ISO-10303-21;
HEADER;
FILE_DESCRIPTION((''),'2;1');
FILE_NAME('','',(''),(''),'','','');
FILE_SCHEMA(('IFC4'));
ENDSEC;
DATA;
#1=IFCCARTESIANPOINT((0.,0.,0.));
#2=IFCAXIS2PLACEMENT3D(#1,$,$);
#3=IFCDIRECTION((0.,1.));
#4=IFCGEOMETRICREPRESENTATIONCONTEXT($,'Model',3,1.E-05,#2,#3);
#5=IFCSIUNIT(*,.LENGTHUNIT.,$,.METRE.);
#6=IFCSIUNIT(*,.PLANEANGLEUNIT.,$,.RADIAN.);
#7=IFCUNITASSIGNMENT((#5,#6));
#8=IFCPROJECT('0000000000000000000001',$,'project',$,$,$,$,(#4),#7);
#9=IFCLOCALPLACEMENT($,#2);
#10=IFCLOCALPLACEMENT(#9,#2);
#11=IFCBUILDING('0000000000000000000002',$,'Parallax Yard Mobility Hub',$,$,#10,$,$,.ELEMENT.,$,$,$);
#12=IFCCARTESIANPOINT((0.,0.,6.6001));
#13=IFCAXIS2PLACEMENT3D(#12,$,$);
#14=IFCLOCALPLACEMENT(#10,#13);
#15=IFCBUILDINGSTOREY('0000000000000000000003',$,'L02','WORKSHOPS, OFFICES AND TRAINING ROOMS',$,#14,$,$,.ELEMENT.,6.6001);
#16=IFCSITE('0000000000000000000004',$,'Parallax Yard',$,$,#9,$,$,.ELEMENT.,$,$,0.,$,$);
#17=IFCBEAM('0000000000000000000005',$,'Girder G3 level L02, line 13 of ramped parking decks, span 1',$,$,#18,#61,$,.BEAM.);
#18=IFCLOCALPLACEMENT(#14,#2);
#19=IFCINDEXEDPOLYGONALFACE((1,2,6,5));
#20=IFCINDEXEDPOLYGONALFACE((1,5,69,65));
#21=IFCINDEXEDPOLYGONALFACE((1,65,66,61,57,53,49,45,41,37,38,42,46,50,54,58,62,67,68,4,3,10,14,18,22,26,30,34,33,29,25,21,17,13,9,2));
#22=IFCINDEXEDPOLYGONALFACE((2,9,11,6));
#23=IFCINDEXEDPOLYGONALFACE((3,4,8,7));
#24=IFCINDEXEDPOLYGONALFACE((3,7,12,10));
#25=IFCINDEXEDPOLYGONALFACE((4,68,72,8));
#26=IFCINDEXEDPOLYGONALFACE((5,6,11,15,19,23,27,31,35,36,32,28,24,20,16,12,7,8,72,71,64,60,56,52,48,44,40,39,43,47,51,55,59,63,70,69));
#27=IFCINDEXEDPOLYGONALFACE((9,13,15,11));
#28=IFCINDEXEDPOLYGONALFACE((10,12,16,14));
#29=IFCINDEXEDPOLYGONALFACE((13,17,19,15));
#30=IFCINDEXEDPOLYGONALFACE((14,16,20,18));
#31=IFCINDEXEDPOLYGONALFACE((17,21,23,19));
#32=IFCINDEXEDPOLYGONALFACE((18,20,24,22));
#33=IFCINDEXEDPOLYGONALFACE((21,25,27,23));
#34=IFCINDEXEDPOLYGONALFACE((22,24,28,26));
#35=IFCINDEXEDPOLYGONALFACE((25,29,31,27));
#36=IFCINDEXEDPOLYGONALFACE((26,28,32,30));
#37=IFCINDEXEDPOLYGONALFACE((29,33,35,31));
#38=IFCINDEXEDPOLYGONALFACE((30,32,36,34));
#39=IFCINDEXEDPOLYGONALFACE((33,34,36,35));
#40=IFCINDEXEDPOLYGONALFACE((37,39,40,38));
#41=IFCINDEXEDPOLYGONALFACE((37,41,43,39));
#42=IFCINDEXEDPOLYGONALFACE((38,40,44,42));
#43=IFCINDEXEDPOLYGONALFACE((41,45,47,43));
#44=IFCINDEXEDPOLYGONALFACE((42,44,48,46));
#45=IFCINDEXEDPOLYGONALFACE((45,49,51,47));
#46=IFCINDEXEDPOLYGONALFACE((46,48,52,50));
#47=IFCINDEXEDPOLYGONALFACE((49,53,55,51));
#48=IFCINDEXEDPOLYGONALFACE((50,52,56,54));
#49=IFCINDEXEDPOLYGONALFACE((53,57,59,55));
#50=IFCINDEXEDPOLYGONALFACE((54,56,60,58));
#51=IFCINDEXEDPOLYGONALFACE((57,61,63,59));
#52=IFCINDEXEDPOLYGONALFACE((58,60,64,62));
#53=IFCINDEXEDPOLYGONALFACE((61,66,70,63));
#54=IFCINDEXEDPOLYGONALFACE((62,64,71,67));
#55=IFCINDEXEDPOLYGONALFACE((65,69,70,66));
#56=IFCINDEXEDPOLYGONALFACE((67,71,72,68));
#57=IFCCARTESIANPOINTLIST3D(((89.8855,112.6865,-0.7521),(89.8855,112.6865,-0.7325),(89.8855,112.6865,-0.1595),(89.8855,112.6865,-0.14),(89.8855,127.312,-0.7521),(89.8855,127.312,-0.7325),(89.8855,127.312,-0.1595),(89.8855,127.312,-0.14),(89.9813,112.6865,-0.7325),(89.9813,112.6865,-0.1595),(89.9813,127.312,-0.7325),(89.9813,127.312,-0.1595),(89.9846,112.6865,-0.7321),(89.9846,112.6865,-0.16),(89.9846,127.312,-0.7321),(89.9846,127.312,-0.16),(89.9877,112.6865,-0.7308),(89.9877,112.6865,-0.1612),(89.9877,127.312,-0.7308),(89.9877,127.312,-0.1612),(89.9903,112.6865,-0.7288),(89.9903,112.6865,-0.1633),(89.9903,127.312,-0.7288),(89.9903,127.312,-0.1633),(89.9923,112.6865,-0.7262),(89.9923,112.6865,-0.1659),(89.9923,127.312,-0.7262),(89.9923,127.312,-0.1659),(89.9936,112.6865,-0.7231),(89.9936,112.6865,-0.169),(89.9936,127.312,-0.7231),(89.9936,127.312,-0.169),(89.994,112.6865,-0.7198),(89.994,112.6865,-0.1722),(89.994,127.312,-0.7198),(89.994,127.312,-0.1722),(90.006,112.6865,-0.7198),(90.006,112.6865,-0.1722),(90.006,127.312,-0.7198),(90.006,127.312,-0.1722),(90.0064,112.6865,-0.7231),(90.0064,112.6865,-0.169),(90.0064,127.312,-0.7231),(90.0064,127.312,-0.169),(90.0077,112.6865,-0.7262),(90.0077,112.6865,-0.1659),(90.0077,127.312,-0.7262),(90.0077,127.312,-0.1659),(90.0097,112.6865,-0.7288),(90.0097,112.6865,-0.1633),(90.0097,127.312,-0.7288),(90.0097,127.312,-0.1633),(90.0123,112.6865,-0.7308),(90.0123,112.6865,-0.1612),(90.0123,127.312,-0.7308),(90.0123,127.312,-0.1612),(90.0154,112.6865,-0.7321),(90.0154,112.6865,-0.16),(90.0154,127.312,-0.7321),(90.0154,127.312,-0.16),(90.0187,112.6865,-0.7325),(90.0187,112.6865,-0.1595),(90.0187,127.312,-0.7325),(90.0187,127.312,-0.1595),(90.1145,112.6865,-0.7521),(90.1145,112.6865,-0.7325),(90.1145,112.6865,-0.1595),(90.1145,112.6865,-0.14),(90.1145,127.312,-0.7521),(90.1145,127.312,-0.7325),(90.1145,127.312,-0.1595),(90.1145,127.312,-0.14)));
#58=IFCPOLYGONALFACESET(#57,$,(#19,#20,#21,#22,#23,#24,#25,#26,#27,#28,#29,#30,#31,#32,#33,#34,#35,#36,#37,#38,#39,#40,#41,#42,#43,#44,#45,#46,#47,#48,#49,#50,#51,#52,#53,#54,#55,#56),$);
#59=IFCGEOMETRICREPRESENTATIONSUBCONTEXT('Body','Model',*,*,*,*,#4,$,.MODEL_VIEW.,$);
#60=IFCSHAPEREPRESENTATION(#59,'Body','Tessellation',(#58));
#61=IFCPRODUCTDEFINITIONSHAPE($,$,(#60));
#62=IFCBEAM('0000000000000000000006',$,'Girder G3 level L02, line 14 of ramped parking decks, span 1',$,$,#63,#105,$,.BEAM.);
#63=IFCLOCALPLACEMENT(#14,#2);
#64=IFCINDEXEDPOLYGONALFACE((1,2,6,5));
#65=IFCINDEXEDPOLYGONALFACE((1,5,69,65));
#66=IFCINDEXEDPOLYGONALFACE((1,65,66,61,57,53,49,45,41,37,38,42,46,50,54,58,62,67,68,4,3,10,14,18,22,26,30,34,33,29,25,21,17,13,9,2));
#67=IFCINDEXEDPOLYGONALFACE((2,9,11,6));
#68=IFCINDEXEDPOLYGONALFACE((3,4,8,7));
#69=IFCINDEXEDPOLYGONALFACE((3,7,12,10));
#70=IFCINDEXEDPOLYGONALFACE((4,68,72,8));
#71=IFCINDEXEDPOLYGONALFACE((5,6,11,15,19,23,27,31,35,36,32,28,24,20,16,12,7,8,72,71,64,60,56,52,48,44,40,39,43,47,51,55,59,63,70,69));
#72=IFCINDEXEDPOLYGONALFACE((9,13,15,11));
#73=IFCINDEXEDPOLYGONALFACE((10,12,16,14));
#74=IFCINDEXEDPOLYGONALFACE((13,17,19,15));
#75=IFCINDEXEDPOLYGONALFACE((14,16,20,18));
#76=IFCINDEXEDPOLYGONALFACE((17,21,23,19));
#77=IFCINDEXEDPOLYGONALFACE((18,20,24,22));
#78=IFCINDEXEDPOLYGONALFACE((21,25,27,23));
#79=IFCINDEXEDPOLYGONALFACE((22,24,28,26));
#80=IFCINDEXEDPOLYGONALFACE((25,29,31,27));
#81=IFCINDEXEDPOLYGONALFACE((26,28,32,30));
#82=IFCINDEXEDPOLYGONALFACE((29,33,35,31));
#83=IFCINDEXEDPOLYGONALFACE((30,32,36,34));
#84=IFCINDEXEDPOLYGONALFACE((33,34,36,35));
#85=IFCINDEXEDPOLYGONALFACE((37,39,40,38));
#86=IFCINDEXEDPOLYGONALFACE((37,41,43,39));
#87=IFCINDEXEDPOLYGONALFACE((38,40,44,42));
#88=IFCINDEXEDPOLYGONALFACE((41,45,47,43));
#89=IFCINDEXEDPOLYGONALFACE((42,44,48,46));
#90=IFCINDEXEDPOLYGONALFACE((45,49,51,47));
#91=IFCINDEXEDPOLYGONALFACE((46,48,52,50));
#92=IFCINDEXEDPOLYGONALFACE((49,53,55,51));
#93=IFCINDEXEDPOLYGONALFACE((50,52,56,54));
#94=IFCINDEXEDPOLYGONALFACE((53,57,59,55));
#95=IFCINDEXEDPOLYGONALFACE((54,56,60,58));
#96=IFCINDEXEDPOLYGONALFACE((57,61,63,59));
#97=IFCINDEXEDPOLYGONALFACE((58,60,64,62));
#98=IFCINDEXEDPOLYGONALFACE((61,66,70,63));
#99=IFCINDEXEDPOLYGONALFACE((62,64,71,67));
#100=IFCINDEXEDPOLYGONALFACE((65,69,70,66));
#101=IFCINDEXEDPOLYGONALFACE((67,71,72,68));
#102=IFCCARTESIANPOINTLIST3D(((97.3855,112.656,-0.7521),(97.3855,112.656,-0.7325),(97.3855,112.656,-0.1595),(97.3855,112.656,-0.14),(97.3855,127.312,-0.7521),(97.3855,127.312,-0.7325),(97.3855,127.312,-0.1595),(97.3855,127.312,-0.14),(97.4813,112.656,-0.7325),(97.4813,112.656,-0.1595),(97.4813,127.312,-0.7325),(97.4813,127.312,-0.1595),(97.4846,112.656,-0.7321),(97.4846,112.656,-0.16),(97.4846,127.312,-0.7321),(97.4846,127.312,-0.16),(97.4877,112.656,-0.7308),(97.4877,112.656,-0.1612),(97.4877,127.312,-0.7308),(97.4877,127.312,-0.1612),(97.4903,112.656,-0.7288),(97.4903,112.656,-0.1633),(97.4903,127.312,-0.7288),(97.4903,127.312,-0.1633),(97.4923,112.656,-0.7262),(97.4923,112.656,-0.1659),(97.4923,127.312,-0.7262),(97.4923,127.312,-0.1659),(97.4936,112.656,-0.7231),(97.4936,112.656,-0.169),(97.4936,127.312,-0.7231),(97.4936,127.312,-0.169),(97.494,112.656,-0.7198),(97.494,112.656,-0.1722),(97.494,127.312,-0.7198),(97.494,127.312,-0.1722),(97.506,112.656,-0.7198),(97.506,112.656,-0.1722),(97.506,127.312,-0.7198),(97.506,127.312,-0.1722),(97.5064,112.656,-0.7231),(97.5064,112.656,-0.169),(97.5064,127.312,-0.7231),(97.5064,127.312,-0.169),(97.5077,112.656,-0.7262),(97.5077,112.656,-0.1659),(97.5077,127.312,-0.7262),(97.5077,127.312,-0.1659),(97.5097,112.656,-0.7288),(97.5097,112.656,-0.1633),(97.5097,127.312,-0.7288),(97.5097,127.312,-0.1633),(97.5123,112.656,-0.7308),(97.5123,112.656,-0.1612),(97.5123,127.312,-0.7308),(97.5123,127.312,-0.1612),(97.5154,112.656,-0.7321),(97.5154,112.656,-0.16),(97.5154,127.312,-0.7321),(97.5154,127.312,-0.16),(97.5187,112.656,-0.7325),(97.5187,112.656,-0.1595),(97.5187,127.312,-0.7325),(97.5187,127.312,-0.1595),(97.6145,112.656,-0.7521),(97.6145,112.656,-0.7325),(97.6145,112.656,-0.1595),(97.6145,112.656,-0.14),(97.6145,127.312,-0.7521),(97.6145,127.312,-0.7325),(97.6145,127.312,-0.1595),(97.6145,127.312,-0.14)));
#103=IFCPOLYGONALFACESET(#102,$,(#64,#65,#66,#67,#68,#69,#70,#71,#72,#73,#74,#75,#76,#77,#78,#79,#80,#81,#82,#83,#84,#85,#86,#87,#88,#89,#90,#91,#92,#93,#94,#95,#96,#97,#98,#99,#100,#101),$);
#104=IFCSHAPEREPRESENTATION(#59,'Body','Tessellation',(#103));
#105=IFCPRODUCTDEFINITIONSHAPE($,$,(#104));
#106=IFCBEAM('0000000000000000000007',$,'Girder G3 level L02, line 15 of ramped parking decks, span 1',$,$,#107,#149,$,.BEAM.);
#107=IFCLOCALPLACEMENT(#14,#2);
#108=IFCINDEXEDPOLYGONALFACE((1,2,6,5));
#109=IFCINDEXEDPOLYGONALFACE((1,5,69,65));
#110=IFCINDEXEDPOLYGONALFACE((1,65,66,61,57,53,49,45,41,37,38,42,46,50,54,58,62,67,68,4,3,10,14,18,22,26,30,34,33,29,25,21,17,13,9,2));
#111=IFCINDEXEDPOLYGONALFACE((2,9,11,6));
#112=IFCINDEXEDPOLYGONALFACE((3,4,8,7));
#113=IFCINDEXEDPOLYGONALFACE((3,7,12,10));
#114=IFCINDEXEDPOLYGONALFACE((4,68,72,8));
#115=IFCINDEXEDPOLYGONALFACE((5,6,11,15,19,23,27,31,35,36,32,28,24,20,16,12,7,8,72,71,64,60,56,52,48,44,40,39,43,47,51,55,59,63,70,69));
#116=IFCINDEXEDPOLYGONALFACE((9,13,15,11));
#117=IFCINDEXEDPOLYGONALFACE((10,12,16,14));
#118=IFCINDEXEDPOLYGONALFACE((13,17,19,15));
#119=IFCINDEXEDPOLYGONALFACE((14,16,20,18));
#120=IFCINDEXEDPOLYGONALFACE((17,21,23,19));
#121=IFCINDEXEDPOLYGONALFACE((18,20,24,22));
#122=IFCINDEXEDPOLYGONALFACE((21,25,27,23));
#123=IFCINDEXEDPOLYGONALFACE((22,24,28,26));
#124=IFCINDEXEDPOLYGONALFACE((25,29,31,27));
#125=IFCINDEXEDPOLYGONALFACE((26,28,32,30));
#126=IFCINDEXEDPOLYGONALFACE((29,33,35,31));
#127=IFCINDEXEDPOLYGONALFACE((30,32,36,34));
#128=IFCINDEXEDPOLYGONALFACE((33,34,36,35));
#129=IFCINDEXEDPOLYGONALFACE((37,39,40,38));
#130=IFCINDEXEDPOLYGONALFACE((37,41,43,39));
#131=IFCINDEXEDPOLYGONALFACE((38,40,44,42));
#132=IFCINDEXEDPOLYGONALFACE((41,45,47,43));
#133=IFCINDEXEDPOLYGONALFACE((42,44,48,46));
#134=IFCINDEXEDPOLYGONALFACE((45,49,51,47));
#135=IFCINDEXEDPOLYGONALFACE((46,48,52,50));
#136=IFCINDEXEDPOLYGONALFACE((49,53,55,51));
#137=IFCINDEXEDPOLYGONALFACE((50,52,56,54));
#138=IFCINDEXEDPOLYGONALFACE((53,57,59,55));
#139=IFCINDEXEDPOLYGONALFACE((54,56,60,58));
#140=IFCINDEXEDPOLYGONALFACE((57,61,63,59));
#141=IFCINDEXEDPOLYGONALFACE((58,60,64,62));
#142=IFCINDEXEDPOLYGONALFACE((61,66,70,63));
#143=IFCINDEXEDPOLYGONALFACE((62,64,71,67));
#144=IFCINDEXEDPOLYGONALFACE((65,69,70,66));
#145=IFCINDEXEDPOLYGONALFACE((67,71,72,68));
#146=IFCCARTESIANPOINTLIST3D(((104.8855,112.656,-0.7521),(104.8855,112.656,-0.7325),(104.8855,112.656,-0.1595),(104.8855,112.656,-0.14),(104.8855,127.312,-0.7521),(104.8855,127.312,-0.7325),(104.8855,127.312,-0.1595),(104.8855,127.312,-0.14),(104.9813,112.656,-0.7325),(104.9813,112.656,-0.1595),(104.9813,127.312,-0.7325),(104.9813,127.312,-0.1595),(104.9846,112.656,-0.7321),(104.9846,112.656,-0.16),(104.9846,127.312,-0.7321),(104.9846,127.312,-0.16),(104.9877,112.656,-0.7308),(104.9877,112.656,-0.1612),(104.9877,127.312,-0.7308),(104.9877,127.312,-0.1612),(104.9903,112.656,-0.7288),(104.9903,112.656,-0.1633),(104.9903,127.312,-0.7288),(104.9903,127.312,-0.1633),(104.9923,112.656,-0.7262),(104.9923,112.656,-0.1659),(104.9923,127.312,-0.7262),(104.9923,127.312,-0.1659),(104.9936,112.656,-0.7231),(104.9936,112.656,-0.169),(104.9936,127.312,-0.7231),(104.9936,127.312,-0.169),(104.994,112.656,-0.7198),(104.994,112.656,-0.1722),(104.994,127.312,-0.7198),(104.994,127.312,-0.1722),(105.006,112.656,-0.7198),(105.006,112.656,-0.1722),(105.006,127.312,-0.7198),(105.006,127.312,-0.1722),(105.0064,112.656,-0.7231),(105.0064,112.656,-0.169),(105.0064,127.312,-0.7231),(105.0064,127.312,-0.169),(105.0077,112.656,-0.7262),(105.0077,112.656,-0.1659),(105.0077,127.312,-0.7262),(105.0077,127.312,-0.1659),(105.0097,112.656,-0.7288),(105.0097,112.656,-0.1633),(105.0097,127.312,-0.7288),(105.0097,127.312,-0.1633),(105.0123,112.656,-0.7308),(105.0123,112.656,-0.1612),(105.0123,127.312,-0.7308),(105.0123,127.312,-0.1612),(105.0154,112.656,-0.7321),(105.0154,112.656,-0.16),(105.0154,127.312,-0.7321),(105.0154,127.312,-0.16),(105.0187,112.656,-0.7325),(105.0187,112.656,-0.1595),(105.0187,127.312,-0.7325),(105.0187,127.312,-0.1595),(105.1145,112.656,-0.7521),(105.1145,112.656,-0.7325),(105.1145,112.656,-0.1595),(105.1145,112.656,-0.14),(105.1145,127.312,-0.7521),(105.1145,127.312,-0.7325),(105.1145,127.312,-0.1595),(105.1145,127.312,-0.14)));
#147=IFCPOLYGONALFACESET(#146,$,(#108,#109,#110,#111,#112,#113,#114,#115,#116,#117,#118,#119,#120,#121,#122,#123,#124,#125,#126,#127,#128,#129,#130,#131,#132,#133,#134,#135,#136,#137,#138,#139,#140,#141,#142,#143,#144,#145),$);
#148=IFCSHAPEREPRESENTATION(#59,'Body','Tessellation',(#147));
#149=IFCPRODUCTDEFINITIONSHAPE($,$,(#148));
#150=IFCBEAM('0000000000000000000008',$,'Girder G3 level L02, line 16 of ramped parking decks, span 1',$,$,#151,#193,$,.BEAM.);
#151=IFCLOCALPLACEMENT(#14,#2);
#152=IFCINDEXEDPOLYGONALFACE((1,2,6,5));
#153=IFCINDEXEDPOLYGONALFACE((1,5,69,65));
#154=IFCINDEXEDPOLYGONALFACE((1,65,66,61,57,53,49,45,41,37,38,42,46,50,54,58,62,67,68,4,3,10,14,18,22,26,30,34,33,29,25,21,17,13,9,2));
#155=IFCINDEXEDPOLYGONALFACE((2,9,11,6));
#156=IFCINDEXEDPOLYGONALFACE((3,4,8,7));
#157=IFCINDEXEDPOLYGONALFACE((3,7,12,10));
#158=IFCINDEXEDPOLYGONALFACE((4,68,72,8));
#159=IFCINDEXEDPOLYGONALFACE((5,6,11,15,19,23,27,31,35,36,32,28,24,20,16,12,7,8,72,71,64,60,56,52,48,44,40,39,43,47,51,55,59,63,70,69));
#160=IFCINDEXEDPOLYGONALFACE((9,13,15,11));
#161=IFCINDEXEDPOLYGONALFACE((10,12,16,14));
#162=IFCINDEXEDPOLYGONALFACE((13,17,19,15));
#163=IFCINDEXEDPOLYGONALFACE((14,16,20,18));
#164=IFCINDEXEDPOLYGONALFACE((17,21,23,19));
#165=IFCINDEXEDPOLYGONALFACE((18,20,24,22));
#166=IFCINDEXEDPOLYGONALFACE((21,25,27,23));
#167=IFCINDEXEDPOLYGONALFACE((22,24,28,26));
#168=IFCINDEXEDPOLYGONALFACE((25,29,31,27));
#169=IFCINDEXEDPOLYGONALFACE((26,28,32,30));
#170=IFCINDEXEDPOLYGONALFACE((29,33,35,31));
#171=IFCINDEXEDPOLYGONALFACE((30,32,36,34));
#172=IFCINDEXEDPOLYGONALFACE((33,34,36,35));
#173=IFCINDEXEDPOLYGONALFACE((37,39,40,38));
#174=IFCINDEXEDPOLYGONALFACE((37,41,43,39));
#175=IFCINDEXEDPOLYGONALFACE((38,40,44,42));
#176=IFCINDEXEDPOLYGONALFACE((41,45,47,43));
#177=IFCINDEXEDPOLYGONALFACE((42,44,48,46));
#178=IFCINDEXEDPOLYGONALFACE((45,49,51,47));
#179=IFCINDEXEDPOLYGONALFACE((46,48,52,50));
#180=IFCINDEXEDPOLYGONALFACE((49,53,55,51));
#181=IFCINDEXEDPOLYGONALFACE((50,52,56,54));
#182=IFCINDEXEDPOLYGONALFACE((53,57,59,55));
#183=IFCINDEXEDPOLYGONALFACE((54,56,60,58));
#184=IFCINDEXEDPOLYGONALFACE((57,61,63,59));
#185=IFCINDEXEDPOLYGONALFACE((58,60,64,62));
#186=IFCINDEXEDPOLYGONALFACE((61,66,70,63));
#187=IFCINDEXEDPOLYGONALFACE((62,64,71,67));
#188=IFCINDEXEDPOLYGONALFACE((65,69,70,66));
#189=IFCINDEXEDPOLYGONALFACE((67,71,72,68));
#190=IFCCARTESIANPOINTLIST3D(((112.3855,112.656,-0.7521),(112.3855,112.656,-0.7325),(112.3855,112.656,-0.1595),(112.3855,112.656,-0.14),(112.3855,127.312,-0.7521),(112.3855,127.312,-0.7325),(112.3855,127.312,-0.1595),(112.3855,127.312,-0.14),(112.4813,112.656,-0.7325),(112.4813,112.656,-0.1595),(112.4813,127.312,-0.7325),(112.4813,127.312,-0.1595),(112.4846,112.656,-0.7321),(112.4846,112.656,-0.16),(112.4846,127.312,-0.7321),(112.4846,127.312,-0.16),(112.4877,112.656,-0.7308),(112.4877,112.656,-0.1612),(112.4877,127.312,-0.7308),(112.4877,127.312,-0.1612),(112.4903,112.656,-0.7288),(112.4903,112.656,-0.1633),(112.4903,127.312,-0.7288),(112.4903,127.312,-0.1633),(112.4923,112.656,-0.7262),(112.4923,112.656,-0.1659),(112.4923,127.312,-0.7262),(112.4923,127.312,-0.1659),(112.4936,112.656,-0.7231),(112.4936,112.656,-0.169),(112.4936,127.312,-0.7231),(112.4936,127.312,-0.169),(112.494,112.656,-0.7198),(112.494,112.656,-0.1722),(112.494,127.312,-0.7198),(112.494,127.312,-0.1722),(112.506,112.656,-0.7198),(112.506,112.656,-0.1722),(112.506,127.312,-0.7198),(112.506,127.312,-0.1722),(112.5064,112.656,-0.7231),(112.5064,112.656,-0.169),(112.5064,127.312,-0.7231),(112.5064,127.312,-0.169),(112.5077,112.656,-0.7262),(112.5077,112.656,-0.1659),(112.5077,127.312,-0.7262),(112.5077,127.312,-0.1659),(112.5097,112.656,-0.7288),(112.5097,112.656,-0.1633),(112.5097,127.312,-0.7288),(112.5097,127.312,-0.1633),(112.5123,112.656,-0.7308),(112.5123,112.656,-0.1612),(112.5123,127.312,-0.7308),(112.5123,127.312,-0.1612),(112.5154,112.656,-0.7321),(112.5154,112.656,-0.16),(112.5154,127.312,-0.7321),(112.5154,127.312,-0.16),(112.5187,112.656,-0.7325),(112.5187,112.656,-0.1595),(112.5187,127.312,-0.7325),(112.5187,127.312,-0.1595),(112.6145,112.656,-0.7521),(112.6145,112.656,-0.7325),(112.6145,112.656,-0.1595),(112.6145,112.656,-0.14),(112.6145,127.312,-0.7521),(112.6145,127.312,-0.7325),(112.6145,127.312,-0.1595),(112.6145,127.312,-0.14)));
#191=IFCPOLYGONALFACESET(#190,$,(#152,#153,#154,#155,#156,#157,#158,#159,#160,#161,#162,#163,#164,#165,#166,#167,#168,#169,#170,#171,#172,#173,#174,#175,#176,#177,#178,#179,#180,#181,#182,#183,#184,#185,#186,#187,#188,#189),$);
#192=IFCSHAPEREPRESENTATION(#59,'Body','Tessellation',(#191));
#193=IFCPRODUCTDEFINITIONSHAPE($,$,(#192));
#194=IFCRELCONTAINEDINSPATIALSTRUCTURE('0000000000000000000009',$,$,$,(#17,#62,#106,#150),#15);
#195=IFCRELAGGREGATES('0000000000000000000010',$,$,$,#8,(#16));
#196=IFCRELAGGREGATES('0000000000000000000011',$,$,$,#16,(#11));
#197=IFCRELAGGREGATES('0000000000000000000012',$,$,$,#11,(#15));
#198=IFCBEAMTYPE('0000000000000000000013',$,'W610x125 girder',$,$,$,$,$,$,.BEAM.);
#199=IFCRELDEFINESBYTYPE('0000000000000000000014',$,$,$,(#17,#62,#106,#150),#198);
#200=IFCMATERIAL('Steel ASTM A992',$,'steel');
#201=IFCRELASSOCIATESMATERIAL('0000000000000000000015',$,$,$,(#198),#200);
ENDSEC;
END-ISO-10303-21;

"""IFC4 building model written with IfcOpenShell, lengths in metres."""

from ifc_helpers import new_model, si_unit, direction, frame, origin, origin_2d, place, context, subcontext, project, spatial, i_section, extrude, material, material_profile, profile_set, type_object, element, save


model = new_model("IFC4")

# Units and contexts
model_context = context("Model", 3, precision=1e-05, world=origin(), true_north=direction((0.0, 1.0)))
body_context = subcontext(model_context, "Body", "Model", "MODEL_VIEW")
ifc_project = project(units=[si_unit("LENGTHUNIT", "METRE"), si_unit("PLANEANGLEUNIT", "RADIAN")], contexts=[model_context])

# Site, building, storey
site_placement = place(None, origin())
site = spatial("IfcSite", under=ifc_project, at=site_placement, Name="Parallax Yard", CompositionType="ELEMENT", RefElevation=0.0)
building_placement = place(site_placement, origin())
building = spatial("IfcBuilding", under=site, at=building_placement, Name="Parallax Yard Mobility Hub", CompositionType="ELEMENT")
storey_placement = place(building_placement, frame((0.0, 0.0, 6.6001)))
storey = spatial("IfcBuildingStorey", under=building, at=storey_placement, Name="L02", Description="WORKSHOPS, OFFICES AND TRAINING ROOMS", CompositionType="ELEMENT", Elevation=6.6001)

# Shared definitions
ifc_material_1 = material(Name="Steel ASTM A992", Category="steel")

# Beams
ifc_material_profile_1 = material_profile(ifc_material_1, i_section(OverallWidth=0.229, OverallDepth=0.6121, WebThickness=0.012, FlangeThickness=0.0195, FilletRadius=0.0127, at=origin_2d()), Name="W610x125")
ifc_profile_set_1 = profile_set([ifc_material_profile_1], Name="Steel ASTM A992")
beam_type_1 = type_object("IfcBeamType", Name="W610x125 girder", PredefinedType="BEAM", material=ifc_profile_set_1)
beam_placement = place(storey_placement, frame((90.0, 112.6865, -0.446), z_axis=(0.0, 1.0, 0.0), x_axis=(-1.0, 0.0, 0.0)))
element("IfcBeam", 1, at=beam_placement, inside=storey, type_object=beam_type_1, Name="Girder G3 level L02, line 13 of ramped parking decks, span 1", PredefinedType="BEAM", context=body_context, shape_type="SweptSolid", body=[
    extrude(i_section(OverallWidth=0.229, OverallDepth=0.6121, WebThickness=0.012, FlangeThickness=0.0195, FilletRadius=0.0127, at=origin_2d()), origin(), (0.0, 0.0, 1.0), 14.6255),
])
for number, where, z_axis, x_axis, name in (
    (2, (97.5, 112.656, -0.446), (0.0, 1.0, 0.0), (-1.0, 0.0, 0.0), "Girder G3 level L02, line 14 of ramped parking decks, span 1"),
    (3, (105.0, 112.656, -0.446), (0.0, 1.0, 0.0), (-1.0, 0.0, 0.0), "Girder G3 level L02, line 15 of ramped parking decks, span 1"),
    (4, (112.5, 112.656, -0.446), (0.0, 1.0, 0.0), (-1.0, 0.0, 0.0), "Girder G3 level L02, line 16 of ramped parking decks, span 1"),
):
    element("IfcBeam", number, at=place(storey_placement, frame(where, z_axis=z_axis, x_axis=x_axis)), inside=storey, type_object=beam_type_1, Name=name, PredefinedType="BEAM", context=body_context, shape_type="SweptSolid", body=[
        extrude(i_section(OverallWidth=0.229, OverallDepth=0.6121, WebThickness=0.012, FlangeThickness=0.0195, FilletRadius=0.0127, at=origin_2d()), origin(), (0.0, 0.0, 1.0), 14.656),
    ])

save(model, "model.ifc")
